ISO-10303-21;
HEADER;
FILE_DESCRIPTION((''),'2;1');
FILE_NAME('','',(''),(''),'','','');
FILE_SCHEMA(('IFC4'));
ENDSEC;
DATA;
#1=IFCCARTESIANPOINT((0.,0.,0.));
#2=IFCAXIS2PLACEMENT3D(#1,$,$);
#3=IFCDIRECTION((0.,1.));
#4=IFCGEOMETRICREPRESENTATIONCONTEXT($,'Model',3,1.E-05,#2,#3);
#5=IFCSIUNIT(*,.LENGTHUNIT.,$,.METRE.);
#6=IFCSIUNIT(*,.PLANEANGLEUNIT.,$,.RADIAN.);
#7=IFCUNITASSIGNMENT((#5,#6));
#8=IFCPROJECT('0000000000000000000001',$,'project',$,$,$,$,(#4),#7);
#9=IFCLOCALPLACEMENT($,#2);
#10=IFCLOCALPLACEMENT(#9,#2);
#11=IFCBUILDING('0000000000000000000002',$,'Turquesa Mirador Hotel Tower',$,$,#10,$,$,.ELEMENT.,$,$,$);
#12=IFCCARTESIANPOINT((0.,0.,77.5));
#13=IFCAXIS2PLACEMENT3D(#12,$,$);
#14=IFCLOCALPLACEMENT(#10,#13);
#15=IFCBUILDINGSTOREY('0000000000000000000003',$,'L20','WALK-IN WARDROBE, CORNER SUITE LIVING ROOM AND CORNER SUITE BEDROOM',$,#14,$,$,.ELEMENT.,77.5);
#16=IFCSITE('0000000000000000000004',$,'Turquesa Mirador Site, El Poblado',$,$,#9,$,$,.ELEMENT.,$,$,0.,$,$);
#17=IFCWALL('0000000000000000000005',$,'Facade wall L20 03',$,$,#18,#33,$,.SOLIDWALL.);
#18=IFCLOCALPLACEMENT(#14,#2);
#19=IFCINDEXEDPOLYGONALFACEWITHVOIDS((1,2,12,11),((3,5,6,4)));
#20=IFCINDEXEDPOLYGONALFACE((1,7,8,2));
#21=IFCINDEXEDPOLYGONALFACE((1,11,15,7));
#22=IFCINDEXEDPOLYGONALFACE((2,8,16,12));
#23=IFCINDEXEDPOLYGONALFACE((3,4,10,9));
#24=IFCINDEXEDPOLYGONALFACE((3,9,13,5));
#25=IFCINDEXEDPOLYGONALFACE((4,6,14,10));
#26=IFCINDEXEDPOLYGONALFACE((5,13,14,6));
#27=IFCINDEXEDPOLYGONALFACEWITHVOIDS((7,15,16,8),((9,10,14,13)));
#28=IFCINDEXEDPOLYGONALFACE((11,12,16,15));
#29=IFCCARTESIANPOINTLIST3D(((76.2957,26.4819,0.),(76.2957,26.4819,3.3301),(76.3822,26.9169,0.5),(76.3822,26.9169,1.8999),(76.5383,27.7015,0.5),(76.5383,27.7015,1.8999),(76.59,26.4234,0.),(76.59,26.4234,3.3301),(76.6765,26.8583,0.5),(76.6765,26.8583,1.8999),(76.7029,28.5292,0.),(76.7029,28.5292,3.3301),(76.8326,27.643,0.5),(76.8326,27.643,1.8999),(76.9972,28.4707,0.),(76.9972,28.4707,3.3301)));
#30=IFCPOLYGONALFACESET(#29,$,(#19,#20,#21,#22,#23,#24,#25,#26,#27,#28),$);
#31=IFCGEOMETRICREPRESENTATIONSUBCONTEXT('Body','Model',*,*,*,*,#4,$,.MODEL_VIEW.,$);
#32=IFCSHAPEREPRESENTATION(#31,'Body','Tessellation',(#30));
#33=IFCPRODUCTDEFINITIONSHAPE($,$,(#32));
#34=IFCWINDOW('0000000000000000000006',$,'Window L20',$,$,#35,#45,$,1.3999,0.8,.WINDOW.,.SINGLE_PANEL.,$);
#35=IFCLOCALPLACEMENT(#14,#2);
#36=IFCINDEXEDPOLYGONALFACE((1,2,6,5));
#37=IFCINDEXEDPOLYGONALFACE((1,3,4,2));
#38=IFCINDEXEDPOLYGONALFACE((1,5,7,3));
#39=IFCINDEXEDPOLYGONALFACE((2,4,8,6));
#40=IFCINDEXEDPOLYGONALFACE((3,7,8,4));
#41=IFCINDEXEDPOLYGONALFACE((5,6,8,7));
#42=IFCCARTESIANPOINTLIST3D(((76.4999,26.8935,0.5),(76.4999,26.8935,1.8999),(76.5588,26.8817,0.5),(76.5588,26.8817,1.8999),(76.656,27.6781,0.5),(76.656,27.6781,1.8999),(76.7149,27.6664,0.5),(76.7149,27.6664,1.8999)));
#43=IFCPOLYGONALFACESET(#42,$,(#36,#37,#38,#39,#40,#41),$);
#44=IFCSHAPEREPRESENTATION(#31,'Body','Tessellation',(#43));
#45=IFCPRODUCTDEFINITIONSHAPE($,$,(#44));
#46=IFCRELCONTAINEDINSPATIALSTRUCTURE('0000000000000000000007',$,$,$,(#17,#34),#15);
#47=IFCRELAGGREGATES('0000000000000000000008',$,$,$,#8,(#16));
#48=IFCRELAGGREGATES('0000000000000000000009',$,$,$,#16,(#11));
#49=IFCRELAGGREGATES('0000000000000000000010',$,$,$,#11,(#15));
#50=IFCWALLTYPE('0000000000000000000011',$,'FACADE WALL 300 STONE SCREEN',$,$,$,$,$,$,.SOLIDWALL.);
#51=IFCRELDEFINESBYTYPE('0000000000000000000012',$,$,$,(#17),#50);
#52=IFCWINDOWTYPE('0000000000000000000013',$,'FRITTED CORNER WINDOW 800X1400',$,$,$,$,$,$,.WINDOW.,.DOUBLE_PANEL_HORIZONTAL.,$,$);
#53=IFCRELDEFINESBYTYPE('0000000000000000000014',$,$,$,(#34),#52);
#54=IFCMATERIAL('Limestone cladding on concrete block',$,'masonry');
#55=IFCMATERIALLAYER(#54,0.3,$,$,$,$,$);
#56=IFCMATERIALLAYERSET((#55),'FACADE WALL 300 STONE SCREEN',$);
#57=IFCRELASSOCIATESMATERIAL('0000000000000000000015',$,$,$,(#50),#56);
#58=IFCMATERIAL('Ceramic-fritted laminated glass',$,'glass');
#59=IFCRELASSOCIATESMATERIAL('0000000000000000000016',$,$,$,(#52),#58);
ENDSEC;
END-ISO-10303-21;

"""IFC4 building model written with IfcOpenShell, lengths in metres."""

from ifc_helpers import new_model, si_unit, direction, frame, frame_2d, origin, place, context, subcontext, project, spatial, rectangle, extrude, material, layer, layer_set, type_object, element, fill, save


model = new_model("IFC4")

# Units and contexts
model_context = context("Model", 3, precision=1e-05, world=origin(), true_north=direction((0.0, 1.0)))
body_context = subcontext(model_context, "Body", "Model", "MODEL_VIEW")
ifc_project = project(units=[si_unit("LENGTHUNIT", "METRE"), si_unit("PLANEANGLEUNIT", "RADIAN")], contexts=[model_context])

# Site, building, storey
site_placement = place(None, origin())
site = spatial("IfcSite", under=ifc_project, at=site_placement, Name="Turquesa Mirador Site, El Poblado", CompositionType="ELEMENT", RefElevation=0.0)
building_placement = place(site_placement, origin())
building = spatial("IfcBuilding", under=site, at=building_placement, Name="Turquesa Mirador Hotel Tower", CompositionType="ELEMENT")
storey_placement = place(building_placement, frame((0.0, 0.0, 77.5)))
storey = spatial("IfcBuildingStorey", under=building, at=storey_placement, Name="L20", Description="WALK-IN WARDROBE, CORNER SUITE LIVING ROOM AND CORNER SUITE BEDROOM", CompositionType="ELEMENT", Elevation=77.5)

# Wall, opening, window
ifc_material_1 = material(Name="Limestone cladding on concrete block", Category="masonry")
ifc_layer = layer(ifc_material_1, 0.3)
ifc_layer_set = layer_set([ifc_layer], Name="FACADE WALL 300 STONE SCREEN")
wall_type = type_object("IfcWallType", Name="FACADE WALL 300 STONE SCREEN", PredefinedType="SOLIDWALL", material=ifc_layer_set)
ifc_material_2 = material(Name="Ceramic-fritted laminated glass", Category="glass")
window_type_1 = type_object("IfcWindowType", Name="FRITTED CORNER WINDOW 800X1400", PartitioningType="DOUBLE_PANEL_HORIZONTAL", PredefinedType="WINDOW", material=ifc_material_2)
wall_1_placement = place(storey_placement, frame((76.4429, 26.4526, 0.0), z_axis=(0.0, 0.0, 1.0), x_axis=(0.195081, 0.980787, 0.0)))
wall_1 = element("IfcWall", 1, at=wall_1_placement, inside=storey, type_object=wall_type, Name="Facade wall L20 03", PredefinedType="SOLIDWALL", context=body_context, shape_type="SweptSolid", body=[
    extrude(rectangle(XDim=2.0874, YDim=0.3, at=frame_2d((1.0437, 0.0))), origin(), (0.0, 0.0, 1.0), 3.3301),
])
opening_1_placement = place(wall_1_placement, frame((0.4436, 0.0, 0.5)))
opening_1 = element("IfcOpeningElement", 2, at=opening_1_placement, cuts=wall_1, PredefinedType="OPENING", context=body_context, shape_type="SweptSolid", body=[
    extrude(rectangle(XDim=0.8, YDim=1.3999, at=frame_2d((0.3999, 0.7))), frame((0.0, 0.1599, 0.0), z_axis=(0.0, -1.0, 0.0), x_axis=(1.0, 0.0, 0.0)), (0.0, 0.0, 1.0), 0.3201),
])
window_1_placement = place(opening_1_placement, origin())
window_1 = element("IfcWindow", 3, at=window_1_placement, inside=storey, type_object=window_type_1, Name="Window L20", OverallHeight=1.3999, OverallWidth=0.8, PartitioningType="SINGLE_PANEL", PredefinedType="WINDOW", context=body_context, shape_type="SweptSolid", body=[
    extrude(rectangle(XDim=0.8, YDim=1.3999, at=frame_2d((0.3999, 0.7))), frame((0.0, 0.03, 0.0), z_axis=(0.0, -1.0, 0.0), x_axis=(1.0, 0.0, 0.0)), (0.0, 0.0, 1.0), 0.0601),
])
fill(opening_1, window_1)

save(model, "model.ifc")
